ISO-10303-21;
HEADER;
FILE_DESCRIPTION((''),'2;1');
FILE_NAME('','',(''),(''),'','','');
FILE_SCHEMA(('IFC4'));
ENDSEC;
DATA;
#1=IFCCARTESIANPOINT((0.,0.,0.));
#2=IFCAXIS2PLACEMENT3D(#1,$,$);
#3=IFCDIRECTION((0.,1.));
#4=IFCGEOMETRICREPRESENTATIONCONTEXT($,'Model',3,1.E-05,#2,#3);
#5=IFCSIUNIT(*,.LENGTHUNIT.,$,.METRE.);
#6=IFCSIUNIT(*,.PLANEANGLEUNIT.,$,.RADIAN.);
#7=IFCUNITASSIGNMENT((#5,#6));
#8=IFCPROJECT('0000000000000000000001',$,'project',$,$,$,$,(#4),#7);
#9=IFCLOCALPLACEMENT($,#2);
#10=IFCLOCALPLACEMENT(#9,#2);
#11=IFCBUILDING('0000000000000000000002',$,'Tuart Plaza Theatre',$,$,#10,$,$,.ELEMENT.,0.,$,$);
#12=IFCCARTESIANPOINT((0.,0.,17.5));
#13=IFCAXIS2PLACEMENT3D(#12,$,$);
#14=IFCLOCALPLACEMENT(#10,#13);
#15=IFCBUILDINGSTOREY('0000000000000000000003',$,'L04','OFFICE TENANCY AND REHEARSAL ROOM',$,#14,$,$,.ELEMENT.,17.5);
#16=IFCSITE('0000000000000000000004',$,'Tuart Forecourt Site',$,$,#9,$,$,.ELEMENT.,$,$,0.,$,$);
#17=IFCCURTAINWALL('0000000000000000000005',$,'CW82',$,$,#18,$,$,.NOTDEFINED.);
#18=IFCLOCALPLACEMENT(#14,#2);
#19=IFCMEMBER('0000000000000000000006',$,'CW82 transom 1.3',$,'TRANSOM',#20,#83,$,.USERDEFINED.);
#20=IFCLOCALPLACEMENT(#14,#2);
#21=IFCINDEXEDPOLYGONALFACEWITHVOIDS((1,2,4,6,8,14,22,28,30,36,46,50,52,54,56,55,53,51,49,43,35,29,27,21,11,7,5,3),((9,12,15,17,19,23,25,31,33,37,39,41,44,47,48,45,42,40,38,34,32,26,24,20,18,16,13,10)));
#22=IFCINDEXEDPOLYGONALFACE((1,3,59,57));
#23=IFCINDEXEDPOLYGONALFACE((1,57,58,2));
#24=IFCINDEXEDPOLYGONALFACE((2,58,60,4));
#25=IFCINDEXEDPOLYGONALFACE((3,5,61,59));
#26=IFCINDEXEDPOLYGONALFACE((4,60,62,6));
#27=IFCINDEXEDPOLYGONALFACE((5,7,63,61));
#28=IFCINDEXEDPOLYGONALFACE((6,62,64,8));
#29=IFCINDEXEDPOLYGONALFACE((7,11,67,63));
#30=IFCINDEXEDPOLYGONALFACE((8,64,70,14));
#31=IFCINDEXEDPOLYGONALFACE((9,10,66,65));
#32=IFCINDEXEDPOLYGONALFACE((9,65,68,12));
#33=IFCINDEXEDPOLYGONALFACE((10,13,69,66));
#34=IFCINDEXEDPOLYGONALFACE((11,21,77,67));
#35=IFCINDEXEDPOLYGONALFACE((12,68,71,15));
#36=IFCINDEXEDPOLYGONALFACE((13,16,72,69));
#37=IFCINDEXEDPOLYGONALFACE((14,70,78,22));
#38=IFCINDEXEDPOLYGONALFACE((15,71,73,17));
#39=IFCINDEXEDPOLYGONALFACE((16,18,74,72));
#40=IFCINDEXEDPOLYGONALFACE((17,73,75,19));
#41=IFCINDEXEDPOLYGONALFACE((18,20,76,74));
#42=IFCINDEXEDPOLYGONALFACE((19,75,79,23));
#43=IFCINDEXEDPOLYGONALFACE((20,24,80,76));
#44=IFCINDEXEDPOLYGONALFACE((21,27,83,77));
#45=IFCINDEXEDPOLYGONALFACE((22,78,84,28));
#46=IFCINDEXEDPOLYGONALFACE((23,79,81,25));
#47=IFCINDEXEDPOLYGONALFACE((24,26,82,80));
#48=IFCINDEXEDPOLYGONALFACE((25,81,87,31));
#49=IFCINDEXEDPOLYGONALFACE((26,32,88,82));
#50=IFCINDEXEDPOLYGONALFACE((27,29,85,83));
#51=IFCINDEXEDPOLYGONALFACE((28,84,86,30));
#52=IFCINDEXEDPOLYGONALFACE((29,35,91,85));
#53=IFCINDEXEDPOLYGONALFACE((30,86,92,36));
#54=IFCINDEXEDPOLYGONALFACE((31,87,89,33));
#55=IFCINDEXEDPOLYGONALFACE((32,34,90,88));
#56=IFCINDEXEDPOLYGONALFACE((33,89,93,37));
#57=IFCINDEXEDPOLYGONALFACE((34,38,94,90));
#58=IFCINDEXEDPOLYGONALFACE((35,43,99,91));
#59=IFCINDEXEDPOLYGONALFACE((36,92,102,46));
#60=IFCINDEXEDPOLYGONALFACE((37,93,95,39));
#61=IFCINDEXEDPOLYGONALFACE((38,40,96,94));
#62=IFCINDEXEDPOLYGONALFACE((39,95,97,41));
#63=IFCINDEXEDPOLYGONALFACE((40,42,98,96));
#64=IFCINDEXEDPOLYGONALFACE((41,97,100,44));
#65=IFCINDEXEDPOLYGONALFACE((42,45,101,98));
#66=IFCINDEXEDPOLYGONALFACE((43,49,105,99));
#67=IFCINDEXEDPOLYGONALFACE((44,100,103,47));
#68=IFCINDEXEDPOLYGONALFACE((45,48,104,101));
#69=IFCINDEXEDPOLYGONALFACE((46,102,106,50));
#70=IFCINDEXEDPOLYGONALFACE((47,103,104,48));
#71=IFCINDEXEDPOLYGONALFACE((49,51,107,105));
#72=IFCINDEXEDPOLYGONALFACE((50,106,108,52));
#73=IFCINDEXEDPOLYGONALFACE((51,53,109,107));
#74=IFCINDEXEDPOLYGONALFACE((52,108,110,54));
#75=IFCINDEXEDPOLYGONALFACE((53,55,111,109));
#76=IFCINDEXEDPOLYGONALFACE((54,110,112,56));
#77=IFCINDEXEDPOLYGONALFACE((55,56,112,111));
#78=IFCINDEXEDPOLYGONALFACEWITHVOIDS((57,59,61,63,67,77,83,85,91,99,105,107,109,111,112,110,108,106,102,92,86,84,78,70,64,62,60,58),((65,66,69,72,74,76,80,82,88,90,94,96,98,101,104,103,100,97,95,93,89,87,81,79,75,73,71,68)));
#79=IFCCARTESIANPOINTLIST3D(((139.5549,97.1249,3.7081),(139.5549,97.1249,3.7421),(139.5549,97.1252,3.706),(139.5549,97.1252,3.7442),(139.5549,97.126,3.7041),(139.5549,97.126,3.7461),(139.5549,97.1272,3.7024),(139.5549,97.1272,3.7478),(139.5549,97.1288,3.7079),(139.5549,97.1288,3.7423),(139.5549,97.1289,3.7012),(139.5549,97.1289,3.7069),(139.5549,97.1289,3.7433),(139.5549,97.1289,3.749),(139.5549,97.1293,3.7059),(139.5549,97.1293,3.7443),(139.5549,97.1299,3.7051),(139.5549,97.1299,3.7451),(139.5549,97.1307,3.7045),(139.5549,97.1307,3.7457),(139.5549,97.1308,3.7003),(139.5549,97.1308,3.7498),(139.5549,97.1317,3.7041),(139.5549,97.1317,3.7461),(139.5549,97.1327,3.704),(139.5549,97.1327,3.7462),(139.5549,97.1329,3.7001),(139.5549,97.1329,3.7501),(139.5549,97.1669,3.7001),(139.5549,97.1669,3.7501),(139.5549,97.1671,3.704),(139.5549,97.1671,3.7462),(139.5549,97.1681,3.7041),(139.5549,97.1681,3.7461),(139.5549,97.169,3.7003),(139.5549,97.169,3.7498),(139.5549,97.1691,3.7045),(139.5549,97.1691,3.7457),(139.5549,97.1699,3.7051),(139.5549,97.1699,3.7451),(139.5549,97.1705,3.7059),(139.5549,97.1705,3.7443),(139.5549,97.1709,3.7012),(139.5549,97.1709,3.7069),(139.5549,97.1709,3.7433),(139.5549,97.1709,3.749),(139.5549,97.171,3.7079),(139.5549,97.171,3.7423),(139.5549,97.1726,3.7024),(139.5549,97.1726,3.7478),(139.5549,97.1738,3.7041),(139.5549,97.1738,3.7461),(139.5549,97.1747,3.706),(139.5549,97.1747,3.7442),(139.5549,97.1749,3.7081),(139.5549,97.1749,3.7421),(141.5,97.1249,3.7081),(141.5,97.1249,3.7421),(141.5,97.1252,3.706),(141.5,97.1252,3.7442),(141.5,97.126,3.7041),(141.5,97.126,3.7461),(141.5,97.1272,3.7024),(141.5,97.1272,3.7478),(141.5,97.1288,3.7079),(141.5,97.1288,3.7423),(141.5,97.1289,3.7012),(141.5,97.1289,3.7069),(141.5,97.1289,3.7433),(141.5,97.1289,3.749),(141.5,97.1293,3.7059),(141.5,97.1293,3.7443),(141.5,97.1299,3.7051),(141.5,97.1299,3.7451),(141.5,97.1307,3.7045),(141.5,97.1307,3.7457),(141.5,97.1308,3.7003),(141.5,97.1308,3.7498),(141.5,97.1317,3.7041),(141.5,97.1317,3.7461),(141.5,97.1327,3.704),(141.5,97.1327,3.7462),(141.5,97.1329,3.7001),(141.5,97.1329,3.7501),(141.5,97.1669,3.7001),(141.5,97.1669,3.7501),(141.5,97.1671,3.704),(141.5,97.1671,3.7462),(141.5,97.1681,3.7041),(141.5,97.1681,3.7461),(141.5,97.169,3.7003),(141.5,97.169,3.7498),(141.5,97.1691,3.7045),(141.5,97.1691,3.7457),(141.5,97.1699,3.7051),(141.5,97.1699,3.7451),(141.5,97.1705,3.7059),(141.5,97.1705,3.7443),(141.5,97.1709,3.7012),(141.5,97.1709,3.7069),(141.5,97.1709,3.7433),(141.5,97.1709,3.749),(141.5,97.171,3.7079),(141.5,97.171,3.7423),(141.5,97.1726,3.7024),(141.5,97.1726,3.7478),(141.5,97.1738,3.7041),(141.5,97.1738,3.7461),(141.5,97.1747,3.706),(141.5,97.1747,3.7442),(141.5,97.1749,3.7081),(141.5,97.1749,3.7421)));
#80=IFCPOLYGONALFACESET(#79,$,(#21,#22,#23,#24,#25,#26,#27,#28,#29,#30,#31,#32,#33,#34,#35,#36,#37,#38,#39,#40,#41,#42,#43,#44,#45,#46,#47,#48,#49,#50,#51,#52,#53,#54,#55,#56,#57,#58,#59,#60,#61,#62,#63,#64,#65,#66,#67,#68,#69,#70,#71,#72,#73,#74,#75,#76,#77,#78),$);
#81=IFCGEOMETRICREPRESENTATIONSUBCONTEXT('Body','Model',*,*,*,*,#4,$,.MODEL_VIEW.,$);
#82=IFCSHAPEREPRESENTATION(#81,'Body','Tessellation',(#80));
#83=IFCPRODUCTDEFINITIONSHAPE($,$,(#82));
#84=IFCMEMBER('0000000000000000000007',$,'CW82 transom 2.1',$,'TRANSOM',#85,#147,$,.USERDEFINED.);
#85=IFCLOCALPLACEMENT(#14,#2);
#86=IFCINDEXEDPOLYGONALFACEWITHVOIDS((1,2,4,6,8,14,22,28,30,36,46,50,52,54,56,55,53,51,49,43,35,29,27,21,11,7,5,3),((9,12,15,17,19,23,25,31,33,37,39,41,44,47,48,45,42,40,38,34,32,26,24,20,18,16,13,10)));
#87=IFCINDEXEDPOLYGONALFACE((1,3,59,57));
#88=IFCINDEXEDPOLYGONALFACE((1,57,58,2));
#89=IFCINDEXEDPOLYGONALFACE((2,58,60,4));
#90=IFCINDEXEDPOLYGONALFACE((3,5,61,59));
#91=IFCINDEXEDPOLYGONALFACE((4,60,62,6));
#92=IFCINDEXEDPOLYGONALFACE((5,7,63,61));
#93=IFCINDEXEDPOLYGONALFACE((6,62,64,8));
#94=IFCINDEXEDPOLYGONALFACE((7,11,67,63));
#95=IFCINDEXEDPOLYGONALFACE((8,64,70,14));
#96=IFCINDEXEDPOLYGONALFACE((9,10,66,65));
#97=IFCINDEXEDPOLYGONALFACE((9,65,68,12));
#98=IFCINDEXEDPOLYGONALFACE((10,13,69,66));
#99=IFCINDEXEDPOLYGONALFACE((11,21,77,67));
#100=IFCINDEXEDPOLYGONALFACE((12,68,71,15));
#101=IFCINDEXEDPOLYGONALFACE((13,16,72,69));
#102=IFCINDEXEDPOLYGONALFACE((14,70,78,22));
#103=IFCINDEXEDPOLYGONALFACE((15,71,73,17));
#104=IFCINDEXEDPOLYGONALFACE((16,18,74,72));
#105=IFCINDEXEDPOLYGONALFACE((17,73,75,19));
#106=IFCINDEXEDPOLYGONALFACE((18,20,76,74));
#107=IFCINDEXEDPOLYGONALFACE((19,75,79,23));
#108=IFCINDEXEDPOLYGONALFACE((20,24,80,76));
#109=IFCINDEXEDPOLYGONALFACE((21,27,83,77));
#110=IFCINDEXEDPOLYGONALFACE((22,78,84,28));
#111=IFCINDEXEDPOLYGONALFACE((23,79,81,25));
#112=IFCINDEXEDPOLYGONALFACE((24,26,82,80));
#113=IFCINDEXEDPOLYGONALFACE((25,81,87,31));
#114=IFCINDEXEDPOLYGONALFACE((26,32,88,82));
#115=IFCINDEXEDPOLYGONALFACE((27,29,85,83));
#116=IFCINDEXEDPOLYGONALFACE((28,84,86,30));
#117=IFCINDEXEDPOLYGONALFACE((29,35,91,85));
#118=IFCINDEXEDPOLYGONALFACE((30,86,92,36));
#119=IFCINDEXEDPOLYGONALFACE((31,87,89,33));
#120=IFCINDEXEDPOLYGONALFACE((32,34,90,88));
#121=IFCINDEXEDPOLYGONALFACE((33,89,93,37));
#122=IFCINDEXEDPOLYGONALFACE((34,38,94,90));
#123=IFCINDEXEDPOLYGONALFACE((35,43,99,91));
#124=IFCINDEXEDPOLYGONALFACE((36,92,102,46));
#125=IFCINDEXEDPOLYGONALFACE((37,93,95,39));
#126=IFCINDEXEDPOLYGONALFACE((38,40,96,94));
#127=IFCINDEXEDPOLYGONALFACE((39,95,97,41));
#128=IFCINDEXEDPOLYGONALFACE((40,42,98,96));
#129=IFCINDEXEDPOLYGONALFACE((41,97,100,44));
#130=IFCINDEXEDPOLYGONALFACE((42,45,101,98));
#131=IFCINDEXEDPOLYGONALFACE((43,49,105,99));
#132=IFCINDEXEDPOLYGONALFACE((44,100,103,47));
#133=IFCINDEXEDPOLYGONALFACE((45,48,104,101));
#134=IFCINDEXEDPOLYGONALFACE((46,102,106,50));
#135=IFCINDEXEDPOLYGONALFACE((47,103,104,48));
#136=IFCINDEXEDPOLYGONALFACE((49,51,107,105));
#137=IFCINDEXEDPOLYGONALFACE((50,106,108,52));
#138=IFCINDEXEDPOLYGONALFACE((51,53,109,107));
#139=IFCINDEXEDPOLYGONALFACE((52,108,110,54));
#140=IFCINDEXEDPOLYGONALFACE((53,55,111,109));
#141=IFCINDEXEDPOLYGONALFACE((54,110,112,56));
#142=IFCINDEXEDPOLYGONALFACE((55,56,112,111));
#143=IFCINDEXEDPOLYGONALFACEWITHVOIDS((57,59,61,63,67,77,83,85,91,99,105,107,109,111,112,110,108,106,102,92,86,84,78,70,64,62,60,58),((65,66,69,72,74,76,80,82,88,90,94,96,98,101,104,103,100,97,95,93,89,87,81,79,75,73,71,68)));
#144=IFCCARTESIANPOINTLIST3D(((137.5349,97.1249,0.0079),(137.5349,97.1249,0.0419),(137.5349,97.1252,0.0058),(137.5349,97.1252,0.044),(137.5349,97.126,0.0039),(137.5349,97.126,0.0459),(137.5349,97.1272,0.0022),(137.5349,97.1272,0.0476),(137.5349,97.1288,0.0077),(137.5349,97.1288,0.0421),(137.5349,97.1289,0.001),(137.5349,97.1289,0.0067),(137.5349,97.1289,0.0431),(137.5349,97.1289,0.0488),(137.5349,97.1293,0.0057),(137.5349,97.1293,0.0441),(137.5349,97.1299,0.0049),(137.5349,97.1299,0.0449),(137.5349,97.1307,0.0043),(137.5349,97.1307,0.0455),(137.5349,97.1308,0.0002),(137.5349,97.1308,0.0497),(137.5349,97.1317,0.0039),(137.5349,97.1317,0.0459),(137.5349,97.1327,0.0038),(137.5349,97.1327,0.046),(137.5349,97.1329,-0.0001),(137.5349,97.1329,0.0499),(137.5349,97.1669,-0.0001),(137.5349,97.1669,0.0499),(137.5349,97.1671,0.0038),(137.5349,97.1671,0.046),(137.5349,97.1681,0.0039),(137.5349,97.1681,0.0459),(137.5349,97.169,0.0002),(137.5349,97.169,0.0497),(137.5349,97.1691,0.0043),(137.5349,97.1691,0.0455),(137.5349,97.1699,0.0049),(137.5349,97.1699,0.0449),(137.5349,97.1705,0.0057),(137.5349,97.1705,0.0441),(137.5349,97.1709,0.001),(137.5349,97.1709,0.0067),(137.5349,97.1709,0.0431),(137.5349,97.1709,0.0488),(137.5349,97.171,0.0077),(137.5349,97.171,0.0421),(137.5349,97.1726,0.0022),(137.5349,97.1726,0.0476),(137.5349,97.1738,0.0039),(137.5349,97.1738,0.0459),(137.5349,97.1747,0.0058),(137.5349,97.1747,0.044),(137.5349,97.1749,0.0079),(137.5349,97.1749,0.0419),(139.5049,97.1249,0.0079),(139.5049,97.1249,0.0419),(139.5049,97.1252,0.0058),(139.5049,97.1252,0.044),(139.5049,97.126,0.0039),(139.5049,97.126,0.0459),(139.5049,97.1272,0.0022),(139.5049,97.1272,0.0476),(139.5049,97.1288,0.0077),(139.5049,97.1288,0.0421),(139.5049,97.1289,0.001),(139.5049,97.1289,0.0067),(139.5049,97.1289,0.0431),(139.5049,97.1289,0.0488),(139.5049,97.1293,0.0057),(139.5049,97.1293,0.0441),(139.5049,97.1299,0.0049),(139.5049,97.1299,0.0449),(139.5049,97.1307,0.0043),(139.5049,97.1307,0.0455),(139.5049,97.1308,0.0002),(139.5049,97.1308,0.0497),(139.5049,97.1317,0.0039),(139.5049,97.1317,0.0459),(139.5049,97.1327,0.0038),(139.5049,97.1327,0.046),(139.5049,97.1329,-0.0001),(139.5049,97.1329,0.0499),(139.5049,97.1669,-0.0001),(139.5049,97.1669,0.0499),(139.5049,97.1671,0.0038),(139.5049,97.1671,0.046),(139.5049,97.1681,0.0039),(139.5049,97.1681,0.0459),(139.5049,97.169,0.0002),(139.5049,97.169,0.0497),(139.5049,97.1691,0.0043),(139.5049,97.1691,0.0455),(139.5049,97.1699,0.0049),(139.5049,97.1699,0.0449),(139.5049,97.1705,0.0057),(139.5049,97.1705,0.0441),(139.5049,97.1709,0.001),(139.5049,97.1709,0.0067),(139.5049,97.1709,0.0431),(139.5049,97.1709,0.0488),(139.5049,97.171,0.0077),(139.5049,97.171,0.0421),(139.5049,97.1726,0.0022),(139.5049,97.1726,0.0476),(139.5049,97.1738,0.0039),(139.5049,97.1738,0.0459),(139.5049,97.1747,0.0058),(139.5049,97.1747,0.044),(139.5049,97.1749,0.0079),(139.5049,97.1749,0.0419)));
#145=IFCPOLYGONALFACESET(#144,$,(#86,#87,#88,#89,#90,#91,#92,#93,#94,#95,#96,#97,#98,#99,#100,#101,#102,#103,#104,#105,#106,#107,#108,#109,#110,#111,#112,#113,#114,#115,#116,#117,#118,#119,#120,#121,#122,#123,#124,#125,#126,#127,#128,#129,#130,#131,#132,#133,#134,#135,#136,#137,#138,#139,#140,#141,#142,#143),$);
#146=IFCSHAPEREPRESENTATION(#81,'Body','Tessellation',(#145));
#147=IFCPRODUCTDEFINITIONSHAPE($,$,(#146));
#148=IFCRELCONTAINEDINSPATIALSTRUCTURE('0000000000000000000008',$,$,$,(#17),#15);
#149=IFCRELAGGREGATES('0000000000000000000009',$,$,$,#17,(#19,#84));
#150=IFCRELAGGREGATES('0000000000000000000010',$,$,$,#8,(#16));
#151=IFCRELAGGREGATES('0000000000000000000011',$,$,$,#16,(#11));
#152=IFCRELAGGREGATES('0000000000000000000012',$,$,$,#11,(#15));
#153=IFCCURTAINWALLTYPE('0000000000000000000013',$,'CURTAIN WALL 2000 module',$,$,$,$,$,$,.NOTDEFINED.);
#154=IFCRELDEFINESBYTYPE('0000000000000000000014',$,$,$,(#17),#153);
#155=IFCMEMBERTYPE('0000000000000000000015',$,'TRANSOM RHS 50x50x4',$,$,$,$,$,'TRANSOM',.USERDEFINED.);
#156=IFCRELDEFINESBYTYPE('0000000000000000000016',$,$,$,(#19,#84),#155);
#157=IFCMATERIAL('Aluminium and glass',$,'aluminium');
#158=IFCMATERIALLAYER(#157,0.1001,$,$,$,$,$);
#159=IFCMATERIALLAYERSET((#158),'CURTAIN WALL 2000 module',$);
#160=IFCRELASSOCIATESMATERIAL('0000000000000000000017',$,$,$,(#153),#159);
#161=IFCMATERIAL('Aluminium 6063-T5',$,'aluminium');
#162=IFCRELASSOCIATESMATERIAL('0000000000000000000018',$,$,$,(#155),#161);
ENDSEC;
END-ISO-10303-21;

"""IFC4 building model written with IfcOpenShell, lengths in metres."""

from ifc_helpers import new_model, si_unit, direction, frame, origin, origin_2d, place, context, subcontext, project, spatial, hollow_rectangle, extrude, material, layer, layer_set, material_profile, profile_set, type_object, element, aggregate, save


model = new_model("IFC4")

# Units and contexts
model_context = context("Model", 3, precision=1e-05, world=origin(), true_north=direction((0.0, 1.0)))
body_context = subcontext(model_context, "Body", "Model", "MODEL_VIEW")
ifc_project = project(units=[si_unit("LENGTHUNIT", "METRE"), si_unit("PLANEANGLEUNIT", "RADIAN")], contexts=[model_context])

# Site, building, storey
site_placement = place(None, origin())
site = spatial("IfcSite", under=ifc_project, at=site_placement, Name="Tuart Forecourt Site", CompositionType="ELEMENT", RefElevation=0.0)
building_placement = place(site_placement, origin())
building = spatial("IfcBuilding", under=site, at=building_placement, Name="Tuart Plaza Theatre", CompositionType="ELEMENT", ElevationOfRefHeight=0.0)
storey_placement = place(building_placement, frame((0.0, 0.0, 17.5)))
storey = spatial("IfcBuildingStorey", under=building, at=storey_placement, Name="L04", Description="OFFICE TENANCY AND REHEARSAL ROOM", CompositionType="ELEMENT", Elevation=17.5)

# Shared definitions
ifc_material_1 = material(Name="Aluminium and glass", Category="aluminium")
ifc_layer_1 = layer(ifc_material_1, 0.1001)
ifc_layer_set_1 = layer_set([ifc_layer_1], Name="CURTAIN WALL 2000 module")
curtain_wall_type = type_object("IfcCurtainWallType", Name="CURTAIN WALL 2000 module", PredefinedType="NOTDEFINED", material=ifc_layer_set_1)

# Curtain wall
curtain_wall_1_placement = place(storey_placement, origin())
curtain_wall_1 = element("IfcCurtainWall", 1, at=curtain_wall_1_placement, inside=storey, type_object=curtain_wall_type, Name="CW82", PredefinedType="NOTDEFINED")

# Members
ifc_material_2 = material(Name="Aluminium 6063-T5", Category="aluminium")
ifc_material_profile_1 = material_profile(ifc_material_2, hollow_rectangle(XDim=0.05, YDim=0.05, WallThickness=0.0039, InnerFilletRadius=0.0039, OuterFilletRadius=0.0081, at=origin_2d()), Name="RHS 50x50x4")
ifc_profile_set_1 = profile_set([ifc_material_profile_1], Name="Aluminium 6063-T5")
member_type_1 = type_object("IfcMemberType", Name="TRANSOM RHS 50x50x4", ElementType="TRANSOM", PredefinedType="USERDEFINED", material=ifc_profile_set_1)
member_1_placement = place(storey_placement, frame((141.5, 97.1499, 3.7251), z_axis=(-1.0, 0.0, 0.0), x_axis=(0.0, -1.0, 0.0)))
member_1 = element("IfcMember", 2, at=member_1_placement, type_object=member_type_1, Name="CW82 transom 1.3", ObjectType="TRANSOM", PredefinedType="USERDEFINED", context=body_context, shape_type="SweptSolid", body=[
    extrude(hollow_rectangle(XDim=0.05, YDim=0.05, WallThickness=0.0039, InnerFilletRadius=0.0039, OuterFilletRadius=0.0081, at=origin_2d()), origin(), (0.0, 0.0, 1.0), 1.9451),
])
member_2_placement = place(storey_placement, frame((139.5049, 97.1499, 0.0249), z_axis=(-1.0, 0.0, 0.0), x_axis=(0.0, -1.0, 0.0)))
member_2 = element("IfcMember", 3, at=member_2_placement, type_object=member_type_1, Name="CW82 transom 2.1", ObjectType="TRANSOM", PredefinedType="USERDEFINED", context=body_context, shape_type="SweptSolid", body=[
    extrude(hollow_rectangle(XDim=0.05, YDim=0.05, WallThickness=0.0039, InnerFilletRadius=0.0039, OuterFilletRadius=0.0081, at=origin_2d()), origin(), (0.0, 0.0, 1.0), 1.97),
])

aggregate(curtain_wall_1, [member_1, member_2])

save(model, "model.ifc")
